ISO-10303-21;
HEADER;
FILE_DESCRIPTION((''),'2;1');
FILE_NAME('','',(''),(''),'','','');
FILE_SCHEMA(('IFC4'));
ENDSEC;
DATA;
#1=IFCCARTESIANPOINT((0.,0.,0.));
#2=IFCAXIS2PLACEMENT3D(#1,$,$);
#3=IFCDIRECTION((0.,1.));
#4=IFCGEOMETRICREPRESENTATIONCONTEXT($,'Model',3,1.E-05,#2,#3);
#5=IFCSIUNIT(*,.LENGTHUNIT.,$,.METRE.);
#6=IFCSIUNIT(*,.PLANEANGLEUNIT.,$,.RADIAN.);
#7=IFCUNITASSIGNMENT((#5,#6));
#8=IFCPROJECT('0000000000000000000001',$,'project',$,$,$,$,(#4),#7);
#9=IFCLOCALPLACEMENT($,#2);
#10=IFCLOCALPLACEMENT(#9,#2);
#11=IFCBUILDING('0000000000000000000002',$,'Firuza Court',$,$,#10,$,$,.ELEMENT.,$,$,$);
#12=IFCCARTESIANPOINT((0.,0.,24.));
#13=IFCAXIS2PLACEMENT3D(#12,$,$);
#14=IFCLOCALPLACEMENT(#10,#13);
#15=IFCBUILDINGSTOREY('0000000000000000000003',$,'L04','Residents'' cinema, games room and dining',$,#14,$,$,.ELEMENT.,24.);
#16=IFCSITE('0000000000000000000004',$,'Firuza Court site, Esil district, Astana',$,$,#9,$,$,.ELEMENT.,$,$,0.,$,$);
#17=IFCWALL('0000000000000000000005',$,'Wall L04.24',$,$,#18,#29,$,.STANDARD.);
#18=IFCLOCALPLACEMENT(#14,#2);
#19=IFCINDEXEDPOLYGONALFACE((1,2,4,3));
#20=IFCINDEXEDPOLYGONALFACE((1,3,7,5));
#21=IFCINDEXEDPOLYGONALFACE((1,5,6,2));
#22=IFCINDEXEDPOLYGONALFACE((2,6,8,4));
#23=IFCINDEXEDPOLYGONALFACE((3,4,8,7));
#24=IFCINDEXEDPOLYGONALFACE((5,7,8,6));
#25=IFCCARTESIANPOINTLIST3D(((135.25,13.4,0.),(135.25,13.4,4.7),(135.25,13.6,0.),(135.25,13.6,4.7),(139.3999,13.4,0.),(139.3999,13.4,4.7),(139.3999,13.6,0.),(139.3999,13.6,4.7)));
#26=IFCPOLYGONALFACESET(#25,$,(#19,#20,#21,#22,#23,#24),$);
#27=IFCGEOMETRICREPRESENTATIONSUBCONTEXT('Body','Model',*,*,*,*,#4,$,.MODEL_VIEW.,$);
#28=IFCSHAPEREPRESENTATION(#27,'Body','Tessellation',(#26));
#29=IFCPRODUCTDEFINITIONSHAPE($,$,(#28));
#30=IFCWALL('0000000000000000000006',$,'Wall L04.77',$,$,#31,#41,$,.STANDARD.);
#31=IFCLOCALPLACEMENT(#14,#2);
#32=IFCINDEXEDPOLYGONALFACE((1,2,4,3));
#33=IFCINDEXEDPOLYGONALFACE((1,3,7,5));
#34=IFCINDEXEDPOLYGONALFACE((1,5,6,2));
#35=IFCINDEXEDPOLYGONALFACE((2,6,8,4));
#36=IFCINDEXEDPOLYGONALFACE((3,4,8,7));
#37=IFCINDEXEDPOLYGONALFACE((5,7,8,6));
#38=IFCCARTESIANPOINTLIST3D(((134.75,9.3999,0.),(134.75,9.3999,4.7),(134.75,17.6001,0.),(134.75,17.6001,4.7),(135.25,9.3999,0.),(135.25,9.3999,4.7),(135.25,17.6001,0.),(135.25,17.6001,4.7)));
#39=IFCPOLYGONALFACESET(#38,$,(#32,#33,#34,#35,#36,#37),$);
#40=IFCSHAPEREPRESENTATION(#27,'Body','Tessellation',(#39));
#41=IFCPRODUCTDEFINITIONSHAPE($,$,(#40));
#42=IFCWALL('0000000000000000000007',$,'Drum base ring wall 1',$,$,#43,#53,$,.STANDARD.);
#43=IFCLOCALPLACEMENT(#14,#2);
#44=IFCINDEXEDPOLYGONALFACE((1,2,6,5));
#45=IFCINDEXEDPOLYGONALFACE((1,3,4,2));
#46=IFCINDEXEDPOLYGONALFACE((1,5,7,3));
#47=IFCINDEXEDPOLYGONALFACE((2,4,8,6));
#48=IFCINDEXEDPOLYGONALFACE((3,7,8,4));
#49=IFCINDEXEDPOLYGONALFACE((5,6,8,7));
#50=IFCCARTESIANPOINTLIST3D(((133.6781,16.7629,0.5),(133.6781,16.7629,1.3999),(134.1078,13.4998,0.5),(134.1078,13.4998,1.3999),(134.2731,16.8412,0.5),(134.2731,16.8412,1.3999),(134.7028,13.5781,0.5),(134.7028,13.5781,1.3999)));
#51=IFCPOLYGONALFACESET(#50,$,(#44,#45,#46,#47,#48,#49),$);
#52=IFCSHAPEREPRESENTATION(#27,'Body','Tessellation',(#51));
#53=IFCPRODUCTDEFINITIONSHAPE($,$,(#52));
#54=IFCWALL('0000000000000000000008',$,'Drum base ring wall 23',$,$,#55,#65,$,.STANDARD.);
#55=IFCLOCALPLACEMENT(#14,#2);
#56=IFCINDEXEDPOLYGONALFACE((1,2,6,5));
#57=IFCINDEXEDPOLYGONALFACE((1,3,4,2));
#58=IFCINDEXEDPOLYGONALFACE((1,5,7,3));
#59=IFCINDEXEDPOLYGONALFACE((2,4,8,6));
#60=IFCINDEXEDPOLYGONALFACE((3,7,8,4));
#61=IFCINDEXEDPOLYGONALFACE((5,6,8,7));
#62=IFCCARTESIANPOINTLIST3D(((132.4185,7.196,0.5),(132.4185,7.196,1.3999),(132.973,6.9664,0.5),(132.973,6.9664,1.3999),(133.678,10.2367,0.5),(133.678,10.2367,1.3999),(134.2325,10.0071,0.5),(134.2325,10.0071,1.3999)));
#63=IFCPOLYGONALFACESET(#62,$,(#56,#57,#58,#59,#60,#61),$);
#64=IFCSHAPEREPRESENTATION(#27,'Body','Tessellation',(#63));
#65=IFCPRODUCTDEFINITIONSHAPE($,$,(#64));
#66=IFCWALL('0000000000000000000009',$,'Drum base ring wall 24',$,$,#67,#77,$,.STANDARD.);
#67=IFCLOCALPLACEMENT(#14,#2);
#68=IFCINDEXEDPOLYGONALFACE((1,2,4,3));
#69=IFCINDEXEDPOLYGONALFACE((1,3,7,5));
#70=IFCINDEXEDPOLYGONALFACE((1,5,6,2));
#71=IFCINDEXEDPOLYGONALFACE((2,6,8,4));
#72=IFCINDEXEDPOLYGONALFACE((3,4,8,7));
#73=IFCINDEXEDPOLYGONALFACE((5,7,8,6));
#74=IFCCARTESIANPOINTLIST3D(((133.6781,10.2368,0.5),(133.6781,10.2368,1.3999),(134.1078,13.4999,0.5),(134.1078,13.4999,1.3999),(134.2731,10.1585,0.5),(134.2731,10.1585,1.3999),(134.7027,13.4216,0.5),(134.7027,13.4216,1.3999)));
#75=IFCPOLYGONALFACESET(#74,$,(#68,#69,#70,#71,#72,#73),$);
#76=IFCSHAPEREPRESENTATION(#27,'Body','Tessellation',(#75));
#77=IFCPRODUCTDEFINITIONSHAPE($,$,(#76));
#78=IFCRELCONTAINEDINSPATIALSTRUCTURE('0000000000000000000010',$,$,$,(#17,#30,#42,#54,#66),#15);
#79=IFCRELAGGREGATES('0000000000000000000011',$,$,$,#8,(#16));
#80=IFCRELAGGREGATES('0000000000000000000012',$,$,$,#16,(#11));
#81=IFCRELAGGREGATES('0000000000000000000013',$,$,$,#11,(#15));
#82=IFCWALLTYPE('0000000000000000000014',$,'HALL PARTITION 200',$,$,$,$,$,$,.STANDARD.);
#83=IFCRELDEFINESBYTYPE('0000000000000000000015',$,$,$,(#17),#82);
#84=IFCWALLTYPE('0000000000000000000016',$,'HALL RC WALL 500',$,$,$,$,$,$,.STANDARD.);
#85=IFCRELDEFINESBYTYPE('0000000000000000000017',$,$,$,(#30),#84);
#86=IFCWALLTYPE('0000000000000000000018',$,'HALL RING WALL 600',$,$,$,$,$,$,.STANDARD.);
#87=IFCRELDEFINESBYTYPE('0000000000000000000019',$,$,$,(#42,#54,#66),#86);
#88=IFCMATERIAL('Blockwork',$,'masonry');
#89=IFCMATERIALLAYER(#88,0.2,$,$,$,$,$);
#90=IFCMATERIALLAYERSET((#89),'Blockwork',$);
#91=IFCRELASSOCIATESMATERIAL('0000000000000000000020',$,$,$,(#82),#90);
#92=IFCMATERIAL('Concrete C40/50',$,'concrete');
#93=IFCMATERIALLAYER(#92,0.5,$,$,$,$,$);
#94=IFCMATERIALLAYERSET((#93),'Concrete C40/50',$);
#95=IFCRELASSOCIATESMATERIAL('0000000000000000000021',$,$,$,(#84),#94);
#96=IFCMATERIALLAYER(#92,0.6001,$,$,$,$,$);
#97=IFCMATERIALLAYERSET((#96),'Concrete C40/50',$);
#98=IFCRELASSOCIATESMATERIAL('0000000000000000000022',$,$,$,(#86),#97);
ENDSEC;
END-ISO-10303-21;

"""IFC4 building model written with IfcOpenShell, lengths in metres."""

from ifc_helpers import new_model, si_unit, direction, frame, frame_2d, origin, place, context, subcontext, project, spatial, rectangle, extrude, material, layer, layer_set, type_object, element, save


model = new_model("IFC4")

# Units and contexts
model_context = context("Model", 3, precision=1e-05, world=origin(), true_north=direction((0.0, 1.0)))
body_context = subcontext(model_context, "Body", "Model", "MODEL_VIEW")
ifc_project = project(units=[si_unit("LENGTHUNIT", "METRE"), si_unit("PLANEANGLEUNIT", "RADIAN")], contexts=[model_context])

# Site, building, storey
site_placement = place(None, origin())
site = spatial("IfcSite", under=ifc_project, at=site_placement, Name="Firuza Court site, Esil district, Astana", CompositionType="ELEMENT", RefElevation=0.0)
building_placement = place(site_placement, origin())
building = spatial("IfcBuilding", under=site, at=building_placement, Name="Firuza Court", CompositionType="ELEMENT")
storey_placement = place(building_placement, frame((0.0, 0.0, 24.0)))
storey = spatial("IfcBuildingStorey", under=building, at=storey_placement, Name="L04", Description="Residents' cinema, games room and dining", CompositionType="ELEMENT", Elevation=24.0)

# Shared definitions
ifc_material_1 = material(Name="Concrete C40/50", Category="concrete")

# Walls
ifc_material_2 = material(Name="Blockwork", Category="masonry")
ifc_layer_1 = layer(ifc_material_2, 0.2)
ifc_layer_set_1 = layer_set([ifc_layer_1], Name="Blockwork")
wall_type_1 = type_object("IfcWallType", Name="HALL PARTITION 200", PredefinedType="STANDARD", material=ifc_layer_set_1)
wall_1_placement = place(storey_placement, frame((135.25, 13.5, 0.0), z_axis=(0.0, 0.0, 1.0), x_axis=(1.0, 0.0, 0.0)))
element("IfcWall", 1, at=wall_1_placement, inside=storey, type_object=wall_type_1, Name="Wall L04.24", PredefinedType="STANDARD", context=body_context, shape_type="SweptSolid", body=[
    extrude(rectangle(XDim=4.1499, YDim=0.2, at=frame_2d((2.075, 0.0))), origin(), (0.0, 0.0, 1.0), 4.7),
])
ifc_layer_2 = layer(ifc_material_1, 0.5)
ifc_layer_set_2 = layer_set([ifc_layer_2], Name="Concrete C40/50")
wall_type_2 = type_object("IfcWallType", Name="HALL RC WALL 500", PredefinedType="STANDARD", material=ifc_layer_set_2)
wall_2_placement = place(storey_placement, frame((135.0, 9.3999, 0.0), z_axis=(0.0, 0.0, 1.0), x_axis=(0.0, 1.0, 0.0)))
element("IfcWall", 2, at=wall_2_placement, inside=storey, type_object=wall_type_2, Name="Wall L04.77", PredefinedType="STANDARD", context=body_context, shape_type="SweptSolid", body=[
    extrude(rectangle(XDim=8.2002, YDim=0.5, at=frame_2d((4.1001, 0.0))), origin(), (0.0, 0.0, 1.0), 4.7),
])
ifc_layer_3 = layer(ifc_material_1, 0.6001)
ifc_layer_set_3 = layer_set([ifc_layer_3], Name="Concrete C40/50")
wall_type_3 = type_object("IfcWallType", Name="HALL RING WALL 600", PredefinedType="STANDARD", material=ifc_layer_set_3)
for number, where, z_axis, x_axis, name in (
    (3, (134.4053, 13.5391, 0.5), (0.0, 0.0, 1.0), (-0.13055, 0.991442, 0.0), "Drum base ring wall 1"),
    (4, (132.6958, 7.0813, 0.5), (0.0, 0.0, 1.0), (0.382682, 0.92388, 0.0), "Drum base ring wall 23"),
    (5, (133.9756, 10.1978, 0.5), (0.0, 0.0, 1.0), (0.13055, 0.991442, 0.0), "Drum base ring wall 24"),
):
    element("IfcWall", number, at=place(storey_placement, frame(where, z_axis=z_axis, x_axis=x_axis)), inside=storey, type_object=wall_type_3, Name=name, PredefinedType="STANDARD", context=body_context, shape_type="SweptSolid", body=[
        extrude(rectangle(XDim=3.2913, YDim=0.6001, at=frame_2d((1.6455, 0.0))), origin(), (0.0, 0.0, 1.0), 0.8999),
    ])

save(model, "model.ifc")
